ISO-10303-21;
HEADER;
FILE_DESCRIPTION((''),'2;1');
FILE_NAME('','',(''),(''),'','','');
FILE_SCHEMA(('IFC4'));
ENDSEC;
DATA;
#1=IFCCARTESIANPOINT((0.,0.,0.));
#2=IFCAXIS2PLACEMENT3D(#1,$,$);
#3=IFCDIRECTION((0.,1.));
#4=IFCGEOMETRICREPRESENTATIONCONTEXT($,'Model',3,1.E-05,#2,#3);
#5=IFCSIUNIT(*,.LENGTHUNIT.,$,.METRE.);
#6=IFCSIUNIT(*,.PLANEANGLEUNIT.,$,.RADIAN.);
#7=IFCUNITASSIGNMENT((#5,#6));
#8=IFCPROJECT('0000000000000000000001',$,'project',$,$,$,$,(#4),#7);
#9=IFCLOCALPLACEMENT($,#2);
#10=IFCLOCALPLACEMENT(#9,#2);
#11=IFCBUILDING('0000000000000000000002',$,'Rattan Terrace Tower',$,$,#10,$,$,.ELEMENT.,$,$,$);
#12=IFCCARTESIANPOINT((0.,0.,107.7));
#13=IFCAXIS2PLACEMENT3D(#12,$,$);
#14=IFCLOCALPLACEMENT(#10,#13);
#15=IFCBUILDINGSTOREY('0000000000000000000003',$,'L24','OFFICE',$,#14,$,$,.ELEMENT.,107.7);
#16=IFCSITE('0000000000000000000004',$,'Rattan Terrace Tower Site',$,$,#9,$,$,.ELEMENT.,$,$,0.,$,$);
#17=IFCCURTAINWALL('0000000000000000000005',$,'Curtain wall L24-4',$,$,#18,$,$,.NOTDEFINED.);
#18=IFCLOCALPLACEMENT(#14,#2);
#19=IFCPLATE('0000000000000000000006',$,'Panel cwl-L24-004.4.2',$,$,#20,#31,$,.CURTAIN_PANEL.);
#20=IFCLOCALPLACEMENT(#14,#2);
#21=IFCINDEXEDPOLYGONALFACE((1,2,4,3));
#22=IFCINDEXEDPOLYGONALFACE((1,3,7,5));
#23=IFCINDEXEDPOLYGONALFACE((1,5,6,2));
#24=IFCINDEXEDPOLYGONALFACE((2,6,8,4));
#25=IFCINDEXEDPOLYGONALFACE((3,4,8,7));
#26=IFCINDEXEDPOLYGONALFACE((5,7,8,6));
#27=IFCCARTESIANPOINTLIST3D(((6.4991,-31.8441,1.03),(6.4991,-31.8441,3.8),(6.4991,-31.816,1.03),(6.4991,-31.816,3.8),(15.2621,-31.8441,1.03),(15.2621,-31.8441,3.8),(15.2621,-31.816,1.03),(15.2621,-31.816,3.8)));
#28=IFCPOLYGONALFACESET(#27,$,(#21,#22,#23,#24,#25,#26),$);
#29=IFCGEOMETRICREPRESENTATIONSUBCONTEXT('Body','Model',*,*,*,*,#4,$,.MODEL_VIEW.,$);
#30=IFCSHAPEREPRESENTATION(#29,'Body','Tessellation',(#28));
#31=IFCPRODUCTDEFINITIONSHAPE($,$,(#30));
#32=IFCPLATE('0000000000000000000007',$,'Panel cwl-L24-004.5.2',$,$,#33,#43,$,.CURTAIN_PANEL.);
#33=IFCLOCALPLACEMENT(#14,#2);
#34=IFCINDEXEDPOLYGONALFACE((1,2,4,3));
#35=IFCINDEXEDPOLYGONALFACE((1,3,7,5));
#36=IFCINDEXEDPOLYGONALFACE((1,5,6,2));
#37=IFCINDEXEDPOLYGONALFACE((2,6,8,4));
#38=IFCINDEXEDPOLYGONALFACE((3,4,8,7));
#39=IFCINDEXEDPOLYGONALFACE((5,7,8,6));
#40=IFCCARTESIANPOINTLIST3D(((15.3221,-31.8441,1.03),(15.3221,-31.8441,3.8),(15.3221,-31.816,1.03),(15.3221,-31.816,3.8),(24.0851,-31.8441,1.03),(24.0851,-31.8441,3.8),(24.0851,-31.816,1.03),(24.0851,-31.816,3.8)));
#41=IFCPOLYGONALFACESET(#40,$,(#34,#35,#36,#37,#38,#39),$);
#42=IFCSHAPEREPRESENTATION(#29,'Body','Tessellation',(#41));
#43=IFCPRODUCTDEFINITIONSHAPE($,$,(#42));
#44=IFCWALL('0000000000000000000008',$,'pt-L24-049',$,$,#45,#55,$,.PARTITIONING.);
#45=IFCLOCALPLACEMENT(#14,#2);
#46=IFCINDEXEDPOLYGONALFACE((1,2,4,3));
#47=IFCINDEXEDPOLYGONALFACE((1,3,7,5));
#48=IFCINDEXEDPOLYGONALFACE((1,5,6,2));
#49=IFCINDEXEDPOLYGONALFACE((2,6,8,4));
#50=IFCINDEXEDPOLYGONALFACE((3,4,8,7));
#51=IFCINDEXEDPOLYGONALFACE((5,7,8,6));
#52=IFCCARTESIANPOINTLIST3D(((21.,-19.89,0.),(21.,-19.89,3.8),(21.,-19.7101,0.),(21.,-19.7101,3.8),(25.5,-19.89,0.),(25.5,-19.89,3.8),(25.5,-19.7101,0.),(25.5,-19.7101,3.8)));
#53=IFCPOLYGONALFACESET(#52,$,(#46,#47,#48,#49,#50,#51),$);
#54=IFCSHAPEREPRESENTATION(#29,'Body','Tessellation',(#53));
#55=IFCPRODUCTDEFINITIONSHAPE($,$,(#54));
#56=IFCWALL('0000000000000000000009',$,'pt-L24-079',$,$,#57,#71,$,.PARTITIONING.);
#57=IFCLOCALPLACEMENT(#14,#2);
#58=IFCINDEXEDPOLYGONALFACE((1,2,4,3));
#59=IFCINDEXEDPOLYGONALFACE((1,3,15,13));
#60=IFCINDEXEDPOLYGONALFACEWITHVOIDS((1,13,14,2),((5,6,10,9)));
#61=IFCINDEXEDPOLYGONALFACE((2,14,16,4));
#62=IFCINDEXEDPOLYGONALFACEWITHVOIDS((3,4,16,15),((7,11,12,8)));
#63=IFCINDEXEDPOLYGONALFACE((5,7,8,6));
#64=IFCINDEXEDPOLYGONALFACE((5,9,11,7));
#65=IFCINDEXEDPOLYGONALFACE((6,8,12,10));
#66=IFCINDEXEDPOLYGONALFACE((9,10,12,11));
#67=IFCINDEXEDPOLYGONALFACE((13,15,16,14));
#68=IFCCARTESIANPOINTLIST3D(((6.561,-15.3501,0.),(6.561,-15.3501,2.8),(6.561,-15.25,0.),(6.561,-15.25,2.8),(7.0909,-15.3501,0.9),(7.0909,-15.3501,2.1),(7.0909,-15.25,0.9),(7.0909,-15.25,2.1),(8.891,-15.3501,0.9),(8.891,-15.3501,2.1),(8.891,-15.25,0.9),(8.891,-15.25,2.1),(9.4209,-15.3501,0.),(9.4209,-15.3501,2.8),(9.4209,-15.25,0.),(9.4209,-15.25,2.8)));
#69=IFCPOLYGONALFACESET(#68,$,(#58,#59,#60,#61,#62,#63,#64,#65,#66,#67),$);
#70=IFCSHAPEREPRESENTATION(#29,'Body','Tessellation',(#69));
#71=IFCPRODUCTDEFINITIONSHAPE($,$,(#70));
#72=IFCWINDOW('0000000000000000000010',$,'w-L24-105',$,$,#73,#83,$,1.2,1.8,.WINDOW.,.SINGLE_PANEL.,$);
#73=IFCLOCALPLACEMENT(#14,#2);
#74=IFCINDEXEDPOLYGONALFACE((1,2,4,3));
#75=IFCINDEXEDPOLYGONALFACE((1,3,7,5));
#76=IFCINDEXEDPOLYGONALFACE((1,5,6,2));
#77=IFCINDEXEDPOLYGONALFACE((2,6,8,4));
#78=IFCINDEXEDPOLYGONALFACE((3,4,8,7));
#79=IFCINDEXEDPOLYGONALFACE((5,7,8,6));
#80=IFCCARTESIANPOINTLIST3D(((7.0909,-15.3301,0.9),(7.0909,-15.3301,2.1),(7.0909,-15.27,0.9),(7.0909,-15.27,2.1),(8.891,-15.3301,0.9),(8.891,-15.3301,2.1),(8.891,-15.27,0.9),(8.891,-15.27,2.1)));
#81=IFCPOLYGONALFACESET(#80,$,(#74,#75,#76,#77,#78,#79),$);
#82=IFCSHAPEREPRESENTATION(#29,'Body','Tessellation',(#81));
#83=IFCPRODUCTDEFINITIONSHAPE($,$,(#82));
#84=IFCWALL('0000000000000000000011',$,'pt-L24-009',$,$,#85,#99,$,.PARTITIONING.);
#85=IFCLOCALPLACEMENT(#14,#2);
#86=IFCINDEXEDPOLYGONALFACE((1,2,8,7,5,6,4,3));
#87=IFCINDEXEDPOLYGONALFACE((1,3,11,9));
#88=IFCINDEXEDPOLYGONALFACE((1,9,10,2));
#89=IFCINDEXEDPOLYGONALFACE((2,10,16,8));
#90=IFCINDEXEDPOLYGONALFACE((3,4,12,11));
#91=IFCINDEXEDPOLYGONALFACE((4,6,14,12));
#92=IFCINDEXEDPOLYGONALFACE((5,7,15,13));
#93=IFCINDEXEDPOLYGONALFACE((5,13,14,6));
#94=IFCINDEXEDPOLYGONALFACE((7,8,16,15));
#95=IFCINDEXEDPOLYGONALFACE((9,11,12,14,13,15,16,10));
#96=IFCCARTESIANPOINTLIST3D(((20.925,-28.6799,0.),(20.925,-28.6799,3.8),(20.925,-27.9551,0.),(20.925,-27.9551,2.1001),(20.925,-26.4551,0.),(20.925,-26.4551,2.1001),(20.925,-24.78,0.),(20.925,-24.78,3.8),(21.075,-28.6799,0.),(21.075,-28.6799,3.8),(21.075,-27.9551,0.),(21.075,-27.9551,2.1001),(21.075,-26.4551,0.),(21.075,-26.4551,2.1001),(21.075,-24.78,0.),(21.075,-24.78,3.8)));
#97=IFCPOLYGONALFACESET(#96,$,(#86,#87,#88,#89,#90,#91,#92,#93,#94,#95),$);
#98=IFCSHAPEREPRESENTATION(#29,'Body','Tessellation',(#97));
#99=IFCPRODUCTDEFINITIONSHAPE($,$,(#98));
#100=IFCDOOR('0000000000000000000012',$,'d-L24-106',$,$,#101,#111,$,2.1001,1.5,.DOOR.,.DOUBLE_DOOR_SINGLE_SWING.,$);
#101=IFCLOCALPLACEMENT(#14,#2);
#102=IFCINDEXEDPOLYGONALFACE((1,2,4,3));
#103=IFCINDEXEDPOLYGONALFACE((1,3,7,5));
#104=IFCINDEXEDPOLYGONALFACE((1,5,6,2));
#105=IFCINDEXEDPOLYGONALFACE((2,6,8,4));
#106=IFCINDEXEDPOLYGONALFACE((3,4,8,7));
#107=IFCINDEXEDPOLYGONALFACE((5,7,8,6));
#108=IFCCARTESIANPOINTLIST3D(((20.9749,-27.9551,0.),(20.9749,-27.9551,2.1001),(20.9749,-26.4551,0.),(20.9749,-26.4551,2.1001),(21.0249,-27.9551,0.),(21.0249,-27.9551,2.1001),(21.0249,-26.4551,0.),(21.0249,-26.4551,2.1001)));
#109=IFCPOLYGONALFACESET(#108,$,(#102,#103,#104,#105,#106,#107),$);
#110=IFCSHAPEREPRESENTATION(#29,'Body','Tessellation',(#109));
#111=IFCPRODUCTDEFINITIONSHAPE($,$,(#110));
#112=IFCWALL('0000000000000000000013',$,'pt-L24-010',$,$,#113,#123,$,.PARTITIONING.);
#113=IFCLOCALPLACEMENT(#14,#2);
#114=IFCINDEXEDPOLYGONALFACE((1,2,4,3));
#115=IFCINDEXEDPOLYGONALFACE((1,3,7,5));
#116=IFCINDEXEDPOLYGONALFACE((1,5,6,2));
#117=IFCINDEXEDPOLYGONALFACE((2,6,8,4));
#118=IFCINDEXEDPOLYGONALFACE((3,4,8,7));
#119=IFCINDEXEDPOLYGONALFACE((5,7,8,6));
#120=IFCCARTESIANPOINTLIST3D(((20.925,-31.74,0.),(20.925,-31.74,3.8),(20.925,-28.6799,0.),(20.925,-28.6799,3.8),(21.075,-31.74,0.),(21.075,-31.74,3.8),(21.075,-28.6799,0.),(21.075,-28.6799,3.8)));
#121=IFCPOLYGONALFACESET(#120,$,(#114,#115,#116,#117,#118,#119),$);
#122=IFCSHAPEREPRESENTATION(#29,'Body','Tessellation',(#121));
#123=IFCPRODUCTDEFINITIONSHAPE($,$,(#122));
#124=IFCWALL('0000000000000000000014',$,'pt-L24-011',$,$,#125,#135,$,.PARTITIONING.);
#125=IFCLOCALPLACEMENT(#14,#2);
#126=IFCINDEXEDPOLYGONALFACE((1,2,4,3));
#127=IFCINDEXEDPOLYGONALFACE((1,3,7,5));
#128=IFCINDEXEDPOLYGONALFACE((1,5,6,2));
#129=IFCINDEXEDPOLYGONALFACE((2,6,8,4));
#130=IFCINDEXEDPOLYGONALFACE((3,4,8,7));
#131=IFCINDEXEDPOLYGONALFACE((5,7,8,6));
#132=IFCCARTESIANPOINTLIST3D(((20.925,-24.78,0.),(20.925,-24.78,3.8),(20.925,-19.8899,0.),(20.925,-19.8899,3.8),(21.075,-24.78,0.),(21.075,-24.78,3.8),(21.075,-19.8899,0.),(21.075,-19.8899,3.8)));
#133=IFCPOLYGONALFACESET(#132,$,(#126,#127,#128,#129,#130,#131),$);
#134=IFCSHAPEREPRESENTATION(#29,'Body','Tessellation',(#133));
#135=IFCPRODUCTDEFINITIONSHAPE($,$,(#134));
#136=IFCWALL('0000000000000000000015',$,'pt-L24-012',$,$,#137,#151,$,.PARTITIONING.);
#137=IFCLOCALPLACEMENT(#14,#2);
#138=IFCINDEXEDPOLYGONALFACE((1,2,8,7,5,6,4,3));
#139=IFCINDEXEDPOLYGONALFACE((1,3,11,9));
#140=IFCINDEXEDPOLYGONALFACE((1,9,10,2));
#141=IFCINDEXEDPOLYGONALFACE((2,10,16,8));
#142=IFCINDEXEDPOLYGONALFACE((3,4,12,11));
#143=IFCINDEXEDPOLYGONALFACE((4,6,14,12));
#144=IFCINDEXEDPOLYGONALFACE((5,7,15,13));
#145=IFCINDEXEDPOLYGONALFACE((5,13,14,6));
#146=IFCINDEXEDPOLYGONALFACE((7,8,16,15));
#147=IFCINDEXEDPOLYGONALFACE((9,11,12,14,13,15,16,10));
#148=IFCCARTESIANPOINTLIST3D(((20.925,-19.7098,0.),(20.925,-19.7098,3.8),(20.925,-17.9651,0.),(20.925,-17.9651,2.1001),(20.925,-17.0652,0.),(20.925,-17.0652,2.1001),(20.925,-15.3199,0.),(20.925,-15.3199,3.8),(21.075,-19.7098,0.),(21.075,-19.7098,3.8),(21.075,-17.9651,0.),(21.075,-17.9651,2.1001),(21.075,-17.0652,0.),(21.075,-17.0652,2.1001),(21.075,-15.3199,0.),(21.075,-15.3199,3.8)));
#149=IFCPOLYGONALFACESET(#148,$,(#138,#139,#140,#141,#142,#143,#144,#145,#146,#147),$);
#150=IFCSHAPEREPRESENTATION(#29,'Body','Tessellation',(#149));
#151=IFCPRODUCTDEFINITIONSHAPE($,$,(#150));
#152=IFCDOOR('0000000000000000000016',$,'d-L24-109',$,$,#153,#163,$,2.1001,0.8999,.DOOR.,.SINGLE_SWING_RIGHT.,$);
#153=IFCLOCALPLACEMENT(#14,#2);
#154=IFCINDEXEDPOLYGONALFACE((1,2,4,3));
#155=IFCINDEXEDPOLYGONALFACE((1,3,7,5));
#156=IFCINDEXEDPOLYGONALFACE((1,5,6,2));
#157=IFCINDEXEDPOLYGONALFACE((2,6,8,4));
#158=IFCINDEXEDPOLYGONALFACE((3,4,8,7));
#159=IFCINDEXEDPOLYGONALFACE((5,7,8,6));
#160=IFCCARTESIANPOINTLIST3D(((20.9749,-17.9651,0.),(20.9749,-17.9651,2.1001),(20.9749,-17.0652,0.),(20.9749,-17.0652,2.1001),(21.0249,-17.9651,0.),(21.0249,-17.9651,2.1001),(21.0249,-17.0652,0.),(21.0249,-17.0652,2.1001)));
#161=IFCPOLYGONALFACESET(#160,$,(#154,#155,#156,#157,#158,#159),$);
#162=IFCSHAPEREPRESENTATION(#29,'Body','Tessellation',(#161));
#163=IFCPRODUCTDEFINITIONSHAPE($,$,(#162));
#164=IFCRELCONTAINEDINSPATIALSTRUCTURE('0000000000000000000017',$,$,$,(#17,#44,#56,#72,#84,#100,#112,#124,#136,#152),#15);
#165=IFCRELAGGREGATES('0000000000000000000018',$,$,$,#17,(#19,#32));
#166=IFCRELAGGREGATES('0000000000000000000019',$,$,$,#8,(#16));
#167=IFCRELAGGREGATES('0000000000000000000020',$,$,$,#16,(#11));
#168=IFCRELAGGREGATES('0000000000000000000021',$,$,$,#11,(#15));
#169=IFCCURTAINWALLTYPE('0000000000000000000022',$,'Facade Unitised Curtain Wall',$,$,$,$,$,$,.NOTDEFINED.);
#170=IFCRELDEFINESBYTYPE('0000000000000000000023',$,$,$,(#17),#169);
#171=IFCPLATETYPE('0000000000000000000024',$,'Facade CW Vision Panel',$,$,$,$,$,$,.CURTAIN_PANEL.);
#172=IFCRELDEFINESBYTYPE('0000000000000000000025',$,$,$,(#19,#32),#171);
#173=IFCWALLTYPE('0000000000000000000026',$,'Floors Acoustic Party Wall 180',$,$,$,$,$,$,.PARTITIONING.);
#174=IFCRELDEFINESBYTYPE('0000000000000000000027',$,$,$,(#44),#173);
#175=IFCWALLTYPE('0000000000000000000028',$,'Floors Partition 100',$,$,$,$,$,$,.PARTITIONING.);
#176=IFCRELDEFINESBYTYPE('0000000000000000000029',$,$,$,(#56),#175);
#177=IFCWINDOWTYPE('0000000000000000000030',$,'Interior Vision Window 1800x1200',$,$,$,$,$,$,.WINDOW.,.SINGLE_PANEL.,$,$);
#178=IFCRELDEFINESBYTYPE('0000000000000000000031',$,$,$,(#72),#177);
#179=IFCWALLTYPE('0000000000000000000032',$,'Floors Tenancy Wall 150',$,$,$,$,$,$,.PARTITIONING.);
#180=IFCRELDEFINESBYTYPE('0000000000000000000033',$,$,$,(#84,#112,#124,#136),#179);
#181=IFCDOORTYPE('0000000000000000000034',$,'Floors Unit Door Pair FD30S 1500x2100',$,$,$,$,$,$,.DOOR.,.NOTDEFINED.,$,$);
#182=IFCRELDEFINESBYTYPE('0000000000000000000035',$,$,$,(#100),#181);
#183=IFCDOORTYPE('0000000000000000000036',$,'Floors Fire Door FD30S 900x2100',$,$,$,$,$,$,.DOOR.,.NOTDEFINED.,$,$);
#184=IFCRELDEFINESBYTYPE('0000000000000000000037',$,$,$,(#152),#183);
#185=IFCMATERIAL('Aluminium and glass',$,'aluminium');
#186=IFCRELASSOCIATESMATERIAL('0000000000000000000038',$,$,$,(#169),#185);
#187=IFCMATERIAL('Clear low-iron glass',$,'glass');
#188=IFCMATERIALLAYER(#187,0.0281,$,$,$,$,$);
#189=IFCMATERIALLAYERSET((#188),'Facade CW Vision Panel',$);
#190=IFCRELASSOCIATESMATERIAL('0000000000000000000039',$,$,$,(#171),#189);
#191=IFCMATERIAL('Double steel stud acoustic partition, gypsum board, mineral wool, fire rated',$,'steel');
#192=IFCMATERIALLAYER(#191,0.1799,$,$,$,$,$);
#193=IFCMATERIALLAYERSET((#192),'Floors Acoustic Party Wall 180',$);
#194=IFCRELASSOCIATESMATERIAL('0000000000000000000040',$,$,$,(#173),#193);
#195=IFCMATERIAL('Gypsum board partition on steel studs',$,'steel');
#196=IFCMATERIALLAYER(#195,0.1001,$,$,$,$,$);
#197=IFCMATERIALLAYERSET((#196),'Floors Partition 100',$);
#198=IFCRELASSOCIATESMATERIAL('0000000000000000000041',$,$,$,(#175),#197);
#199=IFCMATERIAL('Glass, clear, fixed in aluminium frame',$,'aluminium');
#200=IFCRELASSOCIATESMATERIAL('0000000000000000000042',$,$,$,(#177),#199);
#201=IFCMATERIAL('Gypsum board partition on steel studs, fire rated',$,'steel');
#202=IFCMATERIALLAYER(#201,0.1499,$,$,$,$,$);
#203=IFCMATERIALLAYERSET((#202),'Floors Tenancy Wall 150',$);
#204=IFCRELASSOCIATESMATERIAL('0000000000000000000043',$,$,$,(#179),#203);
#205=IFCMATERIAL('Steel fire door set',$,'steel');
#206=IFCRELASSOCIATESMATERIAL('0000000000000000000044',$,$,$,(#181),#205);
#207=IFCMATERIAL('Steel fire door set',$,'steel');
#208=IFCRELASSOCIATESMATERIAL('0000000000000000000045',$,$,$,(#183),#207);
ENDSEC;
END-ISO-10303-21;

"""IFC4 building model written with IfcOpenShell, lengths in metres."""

from ifc_helpers import new_model, si_unit, direction, frame, frame_2d, origin, origin_2d, place, context, subcontext, project, spatial, rectangle, extrude, material, layer, layer_set, type_object, element, fill, aggregate, save


model = new_model("IFC4")

# Units and contexts
model_context = context("Model", 3, precision=1e-05, world=origin(), true_north=direction((0.0, 1.0)))
body_context = subcontext(model_context, "Body", "Model", "MODEL_VIEW")
ifc_project = project(units=[si_unit("LENGTHUNIT", "METRE"), si_unit("PLANEANGLEUNIT", "RADIAN")], contexts=[model_context])

# Site, building, storey
site_placement = place(None, origin())
site = spatial("IfcSite", under=ifc_project, at=site_placement, Name="Rattan Terrace Tower Site", CompositionType="ELEMENT", RefElevation=0.0)
building_placement = place(site_placement, origin())
building = spatial("IfcBuilding", under=site, at=building_placement, Name="Rattan Terrace Tower", CompositionType="ELEMENT")
storey_placement = place(building_placement, frame((0.0, 0.0, 107.7)))
storey = spatial("IfcBuildingStorey", under=building, at=storey_placement, Name="L24", Description="OFFICE", CompositionType="ELEMENT", Elevation=107.7)

# Curtain wall
ifc_material_1 = material(Name="Aluminium and glass", Category="aluminium")
curtain_wall_type = type_object("IfcCurtainWallType", Name="Facade Unitised Curtain Wall", PredefinedType="NOTDEFINED", material=ifc_material_1)
curtain_wall_placement = place(storey_placement, origin())
curtain_wall = element("IfcCurtainWall", 1, at=curtain_wall_placement, inside=storey, type_object=curtain_wall_type, Name="Curtain wall L24-4", PredefinedType="NOTDEFINED")

# Plates
ifc_material_2 = material(Name="Clear low-iron glass", Category="glass")
ifc_layer_1 = layer(ifc_material_2, 0.0281)
ifc_layer_set_1 = layer_set([ifc_layer_1], Name="Facade CW Vision Panel")
plate_type_1 = type_object("IfcPlateType", Name="Facade CW Vision Panel", PredefinedType="CURTAIN_PANEL", material=ifc_layer_set_1)
plate_1_placement = place(storey_placement, frame((10.8806, -31.8301, 1.03), z_axis=(0.0, 0.0, 1.0), x_axis=(1.0, 0.0, 0.0)))
plate_1 = element("IfcPlate", 2, at=plate_1_placement, type_object=plate_type_1, Name="Panel cwl-L24-004.4.2", PredefinedType="CURTAIN_PANEL", context=body_context, shape_type="SweptSolid", body=[
    extrude(rectangle(XDim=8.7629, YDim=0.0281, at=origin_2d()), origin(), (0.0, 0.0, 1.0), 2.77),
])
plate_2_placement = place(storey_placement, frame((19.7036, -31.8301, 1.03), z_axis=(0.0, 0.0, 1.0), x_axis=(1.0, 0.0, 0.0)))
plate_2 = element("IfcPlate", 3, at=plate_2_placement, type_object=plate_type_1, Name="Panel cwl-L24-004.5.2", PredefinedType="CURTAIN_PANEL", context=body_context, shape_type="SweptSolid", body=[
    extrude(rectangle(XDim=8.7629, YDim=0.0281, at=origin_2d()), origin(), (0.0, 0.0, 1.0), 2.77),
])
aggregate(curtain_wall, [plate_1, plate_2])

# Wall
ifc_material_3 = material(Name="Double steel stud acoustic partition, gypsum board, mineral wool, fire rated", Category="steel")
ifc_layer_2 = layer(ifc_material_3, 0.1799)
ifc_layer_set_2 = layer_set([ifc_layer_2], Name="Floors Acoustic Party Wall 180")
wall_type_1 = type_object("IfcWallType", Name="Floors Acoustic Party Wall 180", PredefinedType="PARTITIONING", material=ifc_layer_set_2)
wall_1_placement = place(storey_placement, frame((21.0, -19.8, 0.0), z_axis=(0.0, 0.0, 1.0), x_axis=(1.0, 0.0, 0.0)))
element("IfcWall", 4, at=wall_1_placement, inside=storey, type_object=wall_type_1, Name="pt-L24-049", PredefinedType="PARTITIONING", context=body_context, shape_type="SweptSolid", body=[
    extrude(rectangle(XDim=4.5, YDim=0.1799, at=frame_2d((2.25, 0.0))), origin(), (0.0, 0.0, 1.0), 3.8),
])

# Wall, opening, window
ifc_material_4 = material(Name="Gypsum board partition on steel studs", Category="steel")
ifc_layer_3 = layer(ifc_material_4, 0.1001)
ifc_layer_set_3 = layer_set([ifc_layer_3], Name="Floors Partition 100")
wall_type_2 = type_object("IfcWallType", Name="Floors Partition 100", PredefinedType="PARTITIONING", material=ifc_layer_set_3)
wall_2_placement = place(storey_placement, frame((6.561, -15.3, 0.0), z_axis=(0.0, 0.0, 1.0), x_axis=(1.0, 0.0, 0.0)))
wall_2 = element("IfcWall", 5, at=wall_2_placement, inside=storey, type_object=wall_type_2, Name="pt-L24-079", PredefinedType="PARTITIONING", context=body_context, shape_type="SweptSolid", body=[
    extrude(rectangle(XDim=2.8599, YDim=0.1001, at=frame_2d((1.4299, 0.0))), origin(), (0.0, 0.0, 1.0), 2.8),
])
opening_1_placement = place(wall_2_placement, frame((0.53, 0.0, 0.8999)))
opening_1 = element("IfcOpeningElement", 6, at=opening_1_placement, cuts=wall_2, PredefinedType="OPENING", context=body_context, shape_type="SweptSolid", body=[
    extrude(rectangle(XDim=1.8, YDim=1.2, at=frame_2d((0.8999, 0.6001))), frame((0.0, 0.0605, 0.0), z_axis=(0.0, -1.0, 0.0), x_axis=(1.0, 0.0, 0.0)), (0.0, 0.0, 1.0), 0.1211),
])
ifc_material_5 = material(Name="Glass, clear, fixed in aluminium frame", Category="aluminium")
window_type = type_object("IfcWindowType", Name="Interior Vision Window 1800x1200", PartitioningType="SINGLE_PANEL", PredefinedType="WINDOW", material=ifc_material_5)
window_placement = place(opening_1_placement, origin())
window = element("IfcWindow", 7, at=window_placement, inside=storey, type_object=window_type, Name="w-L24-105", OverallHeight=1.2, OverallWidth=1.8, PartitioningType="SINGLE_PANEL", PredefinedType="WINDOW", context=body_context, shape_type="SweptSolid", body=[
    extrude(rectangle(XDim=1.8, YDim=1.2, at=frame_2d((0.8999, 0.6001))), frame((0.0, 0.03, 0.0), z_axis=(0.0, -1.0, 0.0), x_axis=(1.0, 0.0, 0.0)), (0.0, 0.0, 1.0), 0.0601),
])
fill(opening_1, window)

# Wall, opening, door
ifc_material_6 = material(Name="Gypsum board partition on steel studs, fire rated", Category="steel")
ifc_layer_4 = layer(ifc_material_6, 0.1499)
ifc_layer_set_4 = layer_set([ifc_layer_4], Name="Floors Tenancy Wall 150")
wall_type_3 = type_object("IfcWallType", Name="Floors Tenancy Wall 150", PredefinedType="PARTITIONING", material=ifc_layer_set_4)
wall_3_placement = place(storey_placement, frame((21.0, -24.78, 0.0), z_axis=(0.0, 0.0, 1.0), x_axis=(0.0, -1.0, 0.0)))
wall_3 = element("IfcWall", 8, at=wall_3_placement, inside=storey, type_object=wall_type_3, Name="pt-L24-009", PredefinedType="PARTITIONING", context=body_context, shape_type="SweptSolid", body=[
    extrude(rectangle(XDim=3.8999, YDim=0.1499, at=frame_2d((1.95, 0.0))), origin(), (0.0, 0.0, 1.0), 3.8),
])
opening_2_placement = place(wall_3_placement, frame((1.675, 0.0, 0.0)))
opening_2 = element("IfcOpeningElement", 9, at=opening_2_placement, cuts=wall_3, PredefinedType="OPENING", context=body_context, shape_type="SweptSolid", body=[
    extrude(rectangle(XDim=1.5, YDim=2.1001, at=frame_2d((0.75, 1.05))), frame((0.0, 0.0854, 0.0), z_axis=(0.0, -1.0, 0.0), x_axis=(1.0, 0.0, 0.0)), (0.0, 0.0, 1.0), 0.1709),
])
ifc_material_7 = material(Name="Steel fire door set", Category="steel")
door_type_1 = type_object("IfcDoorType", Name="Floors Unit Door Pair FD30S 1500x2100", OperationType="NOTDEFINED", PredefinedType="DOOR", material=ifc_material_7)
door_1_placement = place(opening_2_placement, origin())
door_1 = element("IfcDoor", 10, at=door_1_placement, inside=storey, type_object=door_type_1, Name="d-L24-106", OperationType="DOUBLE_DOOR_SINGLE_SWING", OverallHeight=2.1001, OverallWidth=1.5, PredefinedType="DOOR", context=body_context, shape_type="SweptSolid", body=[
    extrude(rectangle(XDim=1.5, YDim=2.1001, at=frame_2d((0.75, 1.05))), frame((0.0, 0.0249, 0.0), z_axis=(0.0, -1.0, 0.0), x_axis=(1.0, 0.0, 0.0)), (0.0, 0.0, 1.0), 0.05),
])
fill(opening_2, door_1)

# Walls
wall_4_placement = place(storey_placement, frame((21.0, -28.6799, 0.0), z_axis=(0.0, 0.0, 1.0), x_axis=(0.0, -1.0, 0.0)))
element("IfcWall", 11, at=wall_4_placement, inside=storey, type_object=wall_type_3, Name="pt-L24-010", PredefinedType="PARTITIONING", context=body_context, shape_type="SweptSolid", body=[
    extrude(rectangle(XDim=3.0601, YDim=0.1499, at=frame_2d((1.53, 0.0))), origin(), (0.0, 0.0, 1.0), 3.8),
])
wall_5_placement = place(storey_placement, frame((21.0, -19.8899, 0.0), z_axis=(0.0, 0.0, 1.0), x_axis=(0.0, -1.0, 0.0)))
element("IfcWall", 12, at=wall_5_placement, inside=storey, type_object=wall_type_3, Name="pt-L24-011", PredefinedType="PARTITIONING", context=body_context, shape_type="SweptSolid", body=[
    extrude(rectangle(XDim=4.8901, YDim=0.1499, at=frame_2d((2.4451, 0.0))), origin(), (0.0, 0.0, 1.0), 3.8),
])

# Wall, opening, door
wall_6_placement = place(storey_placement, frame((21.0, -15.3201, 0.0), z_axis=(0.0, 0.0, 1.0), x_axis=(0.0, -1.0, 0.0)))
wall_6 = element("IfcWall", 13, at=wall_6_placement, inside=storey, type_object=wall_type_3, Name="pt-L24-012", PredefinedType="PARTITIONING", context=body_context, shape_type="SweptSolid", body=[
    extrude(rectangle(XDim=4.3899, YDim=0.1499, at=frame_2d((2.1948, 0.0))), origin(), (0.0, 0.0, 1.0), 3.8),
])
opening_3_placement = place(wall_6_placement, frame((1.7451, 0.0, 0.0)))
opening_3 = element("IfcOpeningElement", 14, at=opening_3_placement, cuts=wall_6, PredefinedType="OPENING", context=body_context, shape_type="SweptSolid", body=[
    extrude(rectangle(XDim=0.8999, YDim=2.1001, at=frame_2d((0.45, 1.05))), frame((0.0, 0.0854, 0.0), z_axis=(0.0, -1.0, 0.0), x_axis=(1.0, 0.0, 0.0)), (0.0, 0.0, 1.0), 0.1709),
])
ifc_material_8 = material(Name="Steel fire door set", Category="steel")
door_type_2 = type_object("IfcDoorType", Name="Floors Fire Door FD30S 900x2100", OperationType="NOTDEFINED", PredefinedType="DOOR", material=ifc_material_8)
door_2_placement = place(opening_3_placement, origin())
door_2 = element("IfcDoor", 15, at=door_2_placement, inside=storey, type_object=door_type_2, Name="d-L24-109", OperationType="SINGLE_SWING_RIGHT", OverallHeight=2.1001, OverallWidth=0.8999, PredefinedType="DOOR", context=body_context, shape_type="SweptSolid", body=[
    extrude(rectangle(XDim=0.8999, YDim=2.1001, at=frame_2d((0.45, 1.05))), frame((0.0, 0.0249, 0.0), z_axis=(0.0, -1.0, 0.0), x_axis=(1.0, 0.0, 0.0)), (0.0, 0.0, 1.0), 0.05),
])
fill(opening_3, door_2)

save(model, "model.ifc")
